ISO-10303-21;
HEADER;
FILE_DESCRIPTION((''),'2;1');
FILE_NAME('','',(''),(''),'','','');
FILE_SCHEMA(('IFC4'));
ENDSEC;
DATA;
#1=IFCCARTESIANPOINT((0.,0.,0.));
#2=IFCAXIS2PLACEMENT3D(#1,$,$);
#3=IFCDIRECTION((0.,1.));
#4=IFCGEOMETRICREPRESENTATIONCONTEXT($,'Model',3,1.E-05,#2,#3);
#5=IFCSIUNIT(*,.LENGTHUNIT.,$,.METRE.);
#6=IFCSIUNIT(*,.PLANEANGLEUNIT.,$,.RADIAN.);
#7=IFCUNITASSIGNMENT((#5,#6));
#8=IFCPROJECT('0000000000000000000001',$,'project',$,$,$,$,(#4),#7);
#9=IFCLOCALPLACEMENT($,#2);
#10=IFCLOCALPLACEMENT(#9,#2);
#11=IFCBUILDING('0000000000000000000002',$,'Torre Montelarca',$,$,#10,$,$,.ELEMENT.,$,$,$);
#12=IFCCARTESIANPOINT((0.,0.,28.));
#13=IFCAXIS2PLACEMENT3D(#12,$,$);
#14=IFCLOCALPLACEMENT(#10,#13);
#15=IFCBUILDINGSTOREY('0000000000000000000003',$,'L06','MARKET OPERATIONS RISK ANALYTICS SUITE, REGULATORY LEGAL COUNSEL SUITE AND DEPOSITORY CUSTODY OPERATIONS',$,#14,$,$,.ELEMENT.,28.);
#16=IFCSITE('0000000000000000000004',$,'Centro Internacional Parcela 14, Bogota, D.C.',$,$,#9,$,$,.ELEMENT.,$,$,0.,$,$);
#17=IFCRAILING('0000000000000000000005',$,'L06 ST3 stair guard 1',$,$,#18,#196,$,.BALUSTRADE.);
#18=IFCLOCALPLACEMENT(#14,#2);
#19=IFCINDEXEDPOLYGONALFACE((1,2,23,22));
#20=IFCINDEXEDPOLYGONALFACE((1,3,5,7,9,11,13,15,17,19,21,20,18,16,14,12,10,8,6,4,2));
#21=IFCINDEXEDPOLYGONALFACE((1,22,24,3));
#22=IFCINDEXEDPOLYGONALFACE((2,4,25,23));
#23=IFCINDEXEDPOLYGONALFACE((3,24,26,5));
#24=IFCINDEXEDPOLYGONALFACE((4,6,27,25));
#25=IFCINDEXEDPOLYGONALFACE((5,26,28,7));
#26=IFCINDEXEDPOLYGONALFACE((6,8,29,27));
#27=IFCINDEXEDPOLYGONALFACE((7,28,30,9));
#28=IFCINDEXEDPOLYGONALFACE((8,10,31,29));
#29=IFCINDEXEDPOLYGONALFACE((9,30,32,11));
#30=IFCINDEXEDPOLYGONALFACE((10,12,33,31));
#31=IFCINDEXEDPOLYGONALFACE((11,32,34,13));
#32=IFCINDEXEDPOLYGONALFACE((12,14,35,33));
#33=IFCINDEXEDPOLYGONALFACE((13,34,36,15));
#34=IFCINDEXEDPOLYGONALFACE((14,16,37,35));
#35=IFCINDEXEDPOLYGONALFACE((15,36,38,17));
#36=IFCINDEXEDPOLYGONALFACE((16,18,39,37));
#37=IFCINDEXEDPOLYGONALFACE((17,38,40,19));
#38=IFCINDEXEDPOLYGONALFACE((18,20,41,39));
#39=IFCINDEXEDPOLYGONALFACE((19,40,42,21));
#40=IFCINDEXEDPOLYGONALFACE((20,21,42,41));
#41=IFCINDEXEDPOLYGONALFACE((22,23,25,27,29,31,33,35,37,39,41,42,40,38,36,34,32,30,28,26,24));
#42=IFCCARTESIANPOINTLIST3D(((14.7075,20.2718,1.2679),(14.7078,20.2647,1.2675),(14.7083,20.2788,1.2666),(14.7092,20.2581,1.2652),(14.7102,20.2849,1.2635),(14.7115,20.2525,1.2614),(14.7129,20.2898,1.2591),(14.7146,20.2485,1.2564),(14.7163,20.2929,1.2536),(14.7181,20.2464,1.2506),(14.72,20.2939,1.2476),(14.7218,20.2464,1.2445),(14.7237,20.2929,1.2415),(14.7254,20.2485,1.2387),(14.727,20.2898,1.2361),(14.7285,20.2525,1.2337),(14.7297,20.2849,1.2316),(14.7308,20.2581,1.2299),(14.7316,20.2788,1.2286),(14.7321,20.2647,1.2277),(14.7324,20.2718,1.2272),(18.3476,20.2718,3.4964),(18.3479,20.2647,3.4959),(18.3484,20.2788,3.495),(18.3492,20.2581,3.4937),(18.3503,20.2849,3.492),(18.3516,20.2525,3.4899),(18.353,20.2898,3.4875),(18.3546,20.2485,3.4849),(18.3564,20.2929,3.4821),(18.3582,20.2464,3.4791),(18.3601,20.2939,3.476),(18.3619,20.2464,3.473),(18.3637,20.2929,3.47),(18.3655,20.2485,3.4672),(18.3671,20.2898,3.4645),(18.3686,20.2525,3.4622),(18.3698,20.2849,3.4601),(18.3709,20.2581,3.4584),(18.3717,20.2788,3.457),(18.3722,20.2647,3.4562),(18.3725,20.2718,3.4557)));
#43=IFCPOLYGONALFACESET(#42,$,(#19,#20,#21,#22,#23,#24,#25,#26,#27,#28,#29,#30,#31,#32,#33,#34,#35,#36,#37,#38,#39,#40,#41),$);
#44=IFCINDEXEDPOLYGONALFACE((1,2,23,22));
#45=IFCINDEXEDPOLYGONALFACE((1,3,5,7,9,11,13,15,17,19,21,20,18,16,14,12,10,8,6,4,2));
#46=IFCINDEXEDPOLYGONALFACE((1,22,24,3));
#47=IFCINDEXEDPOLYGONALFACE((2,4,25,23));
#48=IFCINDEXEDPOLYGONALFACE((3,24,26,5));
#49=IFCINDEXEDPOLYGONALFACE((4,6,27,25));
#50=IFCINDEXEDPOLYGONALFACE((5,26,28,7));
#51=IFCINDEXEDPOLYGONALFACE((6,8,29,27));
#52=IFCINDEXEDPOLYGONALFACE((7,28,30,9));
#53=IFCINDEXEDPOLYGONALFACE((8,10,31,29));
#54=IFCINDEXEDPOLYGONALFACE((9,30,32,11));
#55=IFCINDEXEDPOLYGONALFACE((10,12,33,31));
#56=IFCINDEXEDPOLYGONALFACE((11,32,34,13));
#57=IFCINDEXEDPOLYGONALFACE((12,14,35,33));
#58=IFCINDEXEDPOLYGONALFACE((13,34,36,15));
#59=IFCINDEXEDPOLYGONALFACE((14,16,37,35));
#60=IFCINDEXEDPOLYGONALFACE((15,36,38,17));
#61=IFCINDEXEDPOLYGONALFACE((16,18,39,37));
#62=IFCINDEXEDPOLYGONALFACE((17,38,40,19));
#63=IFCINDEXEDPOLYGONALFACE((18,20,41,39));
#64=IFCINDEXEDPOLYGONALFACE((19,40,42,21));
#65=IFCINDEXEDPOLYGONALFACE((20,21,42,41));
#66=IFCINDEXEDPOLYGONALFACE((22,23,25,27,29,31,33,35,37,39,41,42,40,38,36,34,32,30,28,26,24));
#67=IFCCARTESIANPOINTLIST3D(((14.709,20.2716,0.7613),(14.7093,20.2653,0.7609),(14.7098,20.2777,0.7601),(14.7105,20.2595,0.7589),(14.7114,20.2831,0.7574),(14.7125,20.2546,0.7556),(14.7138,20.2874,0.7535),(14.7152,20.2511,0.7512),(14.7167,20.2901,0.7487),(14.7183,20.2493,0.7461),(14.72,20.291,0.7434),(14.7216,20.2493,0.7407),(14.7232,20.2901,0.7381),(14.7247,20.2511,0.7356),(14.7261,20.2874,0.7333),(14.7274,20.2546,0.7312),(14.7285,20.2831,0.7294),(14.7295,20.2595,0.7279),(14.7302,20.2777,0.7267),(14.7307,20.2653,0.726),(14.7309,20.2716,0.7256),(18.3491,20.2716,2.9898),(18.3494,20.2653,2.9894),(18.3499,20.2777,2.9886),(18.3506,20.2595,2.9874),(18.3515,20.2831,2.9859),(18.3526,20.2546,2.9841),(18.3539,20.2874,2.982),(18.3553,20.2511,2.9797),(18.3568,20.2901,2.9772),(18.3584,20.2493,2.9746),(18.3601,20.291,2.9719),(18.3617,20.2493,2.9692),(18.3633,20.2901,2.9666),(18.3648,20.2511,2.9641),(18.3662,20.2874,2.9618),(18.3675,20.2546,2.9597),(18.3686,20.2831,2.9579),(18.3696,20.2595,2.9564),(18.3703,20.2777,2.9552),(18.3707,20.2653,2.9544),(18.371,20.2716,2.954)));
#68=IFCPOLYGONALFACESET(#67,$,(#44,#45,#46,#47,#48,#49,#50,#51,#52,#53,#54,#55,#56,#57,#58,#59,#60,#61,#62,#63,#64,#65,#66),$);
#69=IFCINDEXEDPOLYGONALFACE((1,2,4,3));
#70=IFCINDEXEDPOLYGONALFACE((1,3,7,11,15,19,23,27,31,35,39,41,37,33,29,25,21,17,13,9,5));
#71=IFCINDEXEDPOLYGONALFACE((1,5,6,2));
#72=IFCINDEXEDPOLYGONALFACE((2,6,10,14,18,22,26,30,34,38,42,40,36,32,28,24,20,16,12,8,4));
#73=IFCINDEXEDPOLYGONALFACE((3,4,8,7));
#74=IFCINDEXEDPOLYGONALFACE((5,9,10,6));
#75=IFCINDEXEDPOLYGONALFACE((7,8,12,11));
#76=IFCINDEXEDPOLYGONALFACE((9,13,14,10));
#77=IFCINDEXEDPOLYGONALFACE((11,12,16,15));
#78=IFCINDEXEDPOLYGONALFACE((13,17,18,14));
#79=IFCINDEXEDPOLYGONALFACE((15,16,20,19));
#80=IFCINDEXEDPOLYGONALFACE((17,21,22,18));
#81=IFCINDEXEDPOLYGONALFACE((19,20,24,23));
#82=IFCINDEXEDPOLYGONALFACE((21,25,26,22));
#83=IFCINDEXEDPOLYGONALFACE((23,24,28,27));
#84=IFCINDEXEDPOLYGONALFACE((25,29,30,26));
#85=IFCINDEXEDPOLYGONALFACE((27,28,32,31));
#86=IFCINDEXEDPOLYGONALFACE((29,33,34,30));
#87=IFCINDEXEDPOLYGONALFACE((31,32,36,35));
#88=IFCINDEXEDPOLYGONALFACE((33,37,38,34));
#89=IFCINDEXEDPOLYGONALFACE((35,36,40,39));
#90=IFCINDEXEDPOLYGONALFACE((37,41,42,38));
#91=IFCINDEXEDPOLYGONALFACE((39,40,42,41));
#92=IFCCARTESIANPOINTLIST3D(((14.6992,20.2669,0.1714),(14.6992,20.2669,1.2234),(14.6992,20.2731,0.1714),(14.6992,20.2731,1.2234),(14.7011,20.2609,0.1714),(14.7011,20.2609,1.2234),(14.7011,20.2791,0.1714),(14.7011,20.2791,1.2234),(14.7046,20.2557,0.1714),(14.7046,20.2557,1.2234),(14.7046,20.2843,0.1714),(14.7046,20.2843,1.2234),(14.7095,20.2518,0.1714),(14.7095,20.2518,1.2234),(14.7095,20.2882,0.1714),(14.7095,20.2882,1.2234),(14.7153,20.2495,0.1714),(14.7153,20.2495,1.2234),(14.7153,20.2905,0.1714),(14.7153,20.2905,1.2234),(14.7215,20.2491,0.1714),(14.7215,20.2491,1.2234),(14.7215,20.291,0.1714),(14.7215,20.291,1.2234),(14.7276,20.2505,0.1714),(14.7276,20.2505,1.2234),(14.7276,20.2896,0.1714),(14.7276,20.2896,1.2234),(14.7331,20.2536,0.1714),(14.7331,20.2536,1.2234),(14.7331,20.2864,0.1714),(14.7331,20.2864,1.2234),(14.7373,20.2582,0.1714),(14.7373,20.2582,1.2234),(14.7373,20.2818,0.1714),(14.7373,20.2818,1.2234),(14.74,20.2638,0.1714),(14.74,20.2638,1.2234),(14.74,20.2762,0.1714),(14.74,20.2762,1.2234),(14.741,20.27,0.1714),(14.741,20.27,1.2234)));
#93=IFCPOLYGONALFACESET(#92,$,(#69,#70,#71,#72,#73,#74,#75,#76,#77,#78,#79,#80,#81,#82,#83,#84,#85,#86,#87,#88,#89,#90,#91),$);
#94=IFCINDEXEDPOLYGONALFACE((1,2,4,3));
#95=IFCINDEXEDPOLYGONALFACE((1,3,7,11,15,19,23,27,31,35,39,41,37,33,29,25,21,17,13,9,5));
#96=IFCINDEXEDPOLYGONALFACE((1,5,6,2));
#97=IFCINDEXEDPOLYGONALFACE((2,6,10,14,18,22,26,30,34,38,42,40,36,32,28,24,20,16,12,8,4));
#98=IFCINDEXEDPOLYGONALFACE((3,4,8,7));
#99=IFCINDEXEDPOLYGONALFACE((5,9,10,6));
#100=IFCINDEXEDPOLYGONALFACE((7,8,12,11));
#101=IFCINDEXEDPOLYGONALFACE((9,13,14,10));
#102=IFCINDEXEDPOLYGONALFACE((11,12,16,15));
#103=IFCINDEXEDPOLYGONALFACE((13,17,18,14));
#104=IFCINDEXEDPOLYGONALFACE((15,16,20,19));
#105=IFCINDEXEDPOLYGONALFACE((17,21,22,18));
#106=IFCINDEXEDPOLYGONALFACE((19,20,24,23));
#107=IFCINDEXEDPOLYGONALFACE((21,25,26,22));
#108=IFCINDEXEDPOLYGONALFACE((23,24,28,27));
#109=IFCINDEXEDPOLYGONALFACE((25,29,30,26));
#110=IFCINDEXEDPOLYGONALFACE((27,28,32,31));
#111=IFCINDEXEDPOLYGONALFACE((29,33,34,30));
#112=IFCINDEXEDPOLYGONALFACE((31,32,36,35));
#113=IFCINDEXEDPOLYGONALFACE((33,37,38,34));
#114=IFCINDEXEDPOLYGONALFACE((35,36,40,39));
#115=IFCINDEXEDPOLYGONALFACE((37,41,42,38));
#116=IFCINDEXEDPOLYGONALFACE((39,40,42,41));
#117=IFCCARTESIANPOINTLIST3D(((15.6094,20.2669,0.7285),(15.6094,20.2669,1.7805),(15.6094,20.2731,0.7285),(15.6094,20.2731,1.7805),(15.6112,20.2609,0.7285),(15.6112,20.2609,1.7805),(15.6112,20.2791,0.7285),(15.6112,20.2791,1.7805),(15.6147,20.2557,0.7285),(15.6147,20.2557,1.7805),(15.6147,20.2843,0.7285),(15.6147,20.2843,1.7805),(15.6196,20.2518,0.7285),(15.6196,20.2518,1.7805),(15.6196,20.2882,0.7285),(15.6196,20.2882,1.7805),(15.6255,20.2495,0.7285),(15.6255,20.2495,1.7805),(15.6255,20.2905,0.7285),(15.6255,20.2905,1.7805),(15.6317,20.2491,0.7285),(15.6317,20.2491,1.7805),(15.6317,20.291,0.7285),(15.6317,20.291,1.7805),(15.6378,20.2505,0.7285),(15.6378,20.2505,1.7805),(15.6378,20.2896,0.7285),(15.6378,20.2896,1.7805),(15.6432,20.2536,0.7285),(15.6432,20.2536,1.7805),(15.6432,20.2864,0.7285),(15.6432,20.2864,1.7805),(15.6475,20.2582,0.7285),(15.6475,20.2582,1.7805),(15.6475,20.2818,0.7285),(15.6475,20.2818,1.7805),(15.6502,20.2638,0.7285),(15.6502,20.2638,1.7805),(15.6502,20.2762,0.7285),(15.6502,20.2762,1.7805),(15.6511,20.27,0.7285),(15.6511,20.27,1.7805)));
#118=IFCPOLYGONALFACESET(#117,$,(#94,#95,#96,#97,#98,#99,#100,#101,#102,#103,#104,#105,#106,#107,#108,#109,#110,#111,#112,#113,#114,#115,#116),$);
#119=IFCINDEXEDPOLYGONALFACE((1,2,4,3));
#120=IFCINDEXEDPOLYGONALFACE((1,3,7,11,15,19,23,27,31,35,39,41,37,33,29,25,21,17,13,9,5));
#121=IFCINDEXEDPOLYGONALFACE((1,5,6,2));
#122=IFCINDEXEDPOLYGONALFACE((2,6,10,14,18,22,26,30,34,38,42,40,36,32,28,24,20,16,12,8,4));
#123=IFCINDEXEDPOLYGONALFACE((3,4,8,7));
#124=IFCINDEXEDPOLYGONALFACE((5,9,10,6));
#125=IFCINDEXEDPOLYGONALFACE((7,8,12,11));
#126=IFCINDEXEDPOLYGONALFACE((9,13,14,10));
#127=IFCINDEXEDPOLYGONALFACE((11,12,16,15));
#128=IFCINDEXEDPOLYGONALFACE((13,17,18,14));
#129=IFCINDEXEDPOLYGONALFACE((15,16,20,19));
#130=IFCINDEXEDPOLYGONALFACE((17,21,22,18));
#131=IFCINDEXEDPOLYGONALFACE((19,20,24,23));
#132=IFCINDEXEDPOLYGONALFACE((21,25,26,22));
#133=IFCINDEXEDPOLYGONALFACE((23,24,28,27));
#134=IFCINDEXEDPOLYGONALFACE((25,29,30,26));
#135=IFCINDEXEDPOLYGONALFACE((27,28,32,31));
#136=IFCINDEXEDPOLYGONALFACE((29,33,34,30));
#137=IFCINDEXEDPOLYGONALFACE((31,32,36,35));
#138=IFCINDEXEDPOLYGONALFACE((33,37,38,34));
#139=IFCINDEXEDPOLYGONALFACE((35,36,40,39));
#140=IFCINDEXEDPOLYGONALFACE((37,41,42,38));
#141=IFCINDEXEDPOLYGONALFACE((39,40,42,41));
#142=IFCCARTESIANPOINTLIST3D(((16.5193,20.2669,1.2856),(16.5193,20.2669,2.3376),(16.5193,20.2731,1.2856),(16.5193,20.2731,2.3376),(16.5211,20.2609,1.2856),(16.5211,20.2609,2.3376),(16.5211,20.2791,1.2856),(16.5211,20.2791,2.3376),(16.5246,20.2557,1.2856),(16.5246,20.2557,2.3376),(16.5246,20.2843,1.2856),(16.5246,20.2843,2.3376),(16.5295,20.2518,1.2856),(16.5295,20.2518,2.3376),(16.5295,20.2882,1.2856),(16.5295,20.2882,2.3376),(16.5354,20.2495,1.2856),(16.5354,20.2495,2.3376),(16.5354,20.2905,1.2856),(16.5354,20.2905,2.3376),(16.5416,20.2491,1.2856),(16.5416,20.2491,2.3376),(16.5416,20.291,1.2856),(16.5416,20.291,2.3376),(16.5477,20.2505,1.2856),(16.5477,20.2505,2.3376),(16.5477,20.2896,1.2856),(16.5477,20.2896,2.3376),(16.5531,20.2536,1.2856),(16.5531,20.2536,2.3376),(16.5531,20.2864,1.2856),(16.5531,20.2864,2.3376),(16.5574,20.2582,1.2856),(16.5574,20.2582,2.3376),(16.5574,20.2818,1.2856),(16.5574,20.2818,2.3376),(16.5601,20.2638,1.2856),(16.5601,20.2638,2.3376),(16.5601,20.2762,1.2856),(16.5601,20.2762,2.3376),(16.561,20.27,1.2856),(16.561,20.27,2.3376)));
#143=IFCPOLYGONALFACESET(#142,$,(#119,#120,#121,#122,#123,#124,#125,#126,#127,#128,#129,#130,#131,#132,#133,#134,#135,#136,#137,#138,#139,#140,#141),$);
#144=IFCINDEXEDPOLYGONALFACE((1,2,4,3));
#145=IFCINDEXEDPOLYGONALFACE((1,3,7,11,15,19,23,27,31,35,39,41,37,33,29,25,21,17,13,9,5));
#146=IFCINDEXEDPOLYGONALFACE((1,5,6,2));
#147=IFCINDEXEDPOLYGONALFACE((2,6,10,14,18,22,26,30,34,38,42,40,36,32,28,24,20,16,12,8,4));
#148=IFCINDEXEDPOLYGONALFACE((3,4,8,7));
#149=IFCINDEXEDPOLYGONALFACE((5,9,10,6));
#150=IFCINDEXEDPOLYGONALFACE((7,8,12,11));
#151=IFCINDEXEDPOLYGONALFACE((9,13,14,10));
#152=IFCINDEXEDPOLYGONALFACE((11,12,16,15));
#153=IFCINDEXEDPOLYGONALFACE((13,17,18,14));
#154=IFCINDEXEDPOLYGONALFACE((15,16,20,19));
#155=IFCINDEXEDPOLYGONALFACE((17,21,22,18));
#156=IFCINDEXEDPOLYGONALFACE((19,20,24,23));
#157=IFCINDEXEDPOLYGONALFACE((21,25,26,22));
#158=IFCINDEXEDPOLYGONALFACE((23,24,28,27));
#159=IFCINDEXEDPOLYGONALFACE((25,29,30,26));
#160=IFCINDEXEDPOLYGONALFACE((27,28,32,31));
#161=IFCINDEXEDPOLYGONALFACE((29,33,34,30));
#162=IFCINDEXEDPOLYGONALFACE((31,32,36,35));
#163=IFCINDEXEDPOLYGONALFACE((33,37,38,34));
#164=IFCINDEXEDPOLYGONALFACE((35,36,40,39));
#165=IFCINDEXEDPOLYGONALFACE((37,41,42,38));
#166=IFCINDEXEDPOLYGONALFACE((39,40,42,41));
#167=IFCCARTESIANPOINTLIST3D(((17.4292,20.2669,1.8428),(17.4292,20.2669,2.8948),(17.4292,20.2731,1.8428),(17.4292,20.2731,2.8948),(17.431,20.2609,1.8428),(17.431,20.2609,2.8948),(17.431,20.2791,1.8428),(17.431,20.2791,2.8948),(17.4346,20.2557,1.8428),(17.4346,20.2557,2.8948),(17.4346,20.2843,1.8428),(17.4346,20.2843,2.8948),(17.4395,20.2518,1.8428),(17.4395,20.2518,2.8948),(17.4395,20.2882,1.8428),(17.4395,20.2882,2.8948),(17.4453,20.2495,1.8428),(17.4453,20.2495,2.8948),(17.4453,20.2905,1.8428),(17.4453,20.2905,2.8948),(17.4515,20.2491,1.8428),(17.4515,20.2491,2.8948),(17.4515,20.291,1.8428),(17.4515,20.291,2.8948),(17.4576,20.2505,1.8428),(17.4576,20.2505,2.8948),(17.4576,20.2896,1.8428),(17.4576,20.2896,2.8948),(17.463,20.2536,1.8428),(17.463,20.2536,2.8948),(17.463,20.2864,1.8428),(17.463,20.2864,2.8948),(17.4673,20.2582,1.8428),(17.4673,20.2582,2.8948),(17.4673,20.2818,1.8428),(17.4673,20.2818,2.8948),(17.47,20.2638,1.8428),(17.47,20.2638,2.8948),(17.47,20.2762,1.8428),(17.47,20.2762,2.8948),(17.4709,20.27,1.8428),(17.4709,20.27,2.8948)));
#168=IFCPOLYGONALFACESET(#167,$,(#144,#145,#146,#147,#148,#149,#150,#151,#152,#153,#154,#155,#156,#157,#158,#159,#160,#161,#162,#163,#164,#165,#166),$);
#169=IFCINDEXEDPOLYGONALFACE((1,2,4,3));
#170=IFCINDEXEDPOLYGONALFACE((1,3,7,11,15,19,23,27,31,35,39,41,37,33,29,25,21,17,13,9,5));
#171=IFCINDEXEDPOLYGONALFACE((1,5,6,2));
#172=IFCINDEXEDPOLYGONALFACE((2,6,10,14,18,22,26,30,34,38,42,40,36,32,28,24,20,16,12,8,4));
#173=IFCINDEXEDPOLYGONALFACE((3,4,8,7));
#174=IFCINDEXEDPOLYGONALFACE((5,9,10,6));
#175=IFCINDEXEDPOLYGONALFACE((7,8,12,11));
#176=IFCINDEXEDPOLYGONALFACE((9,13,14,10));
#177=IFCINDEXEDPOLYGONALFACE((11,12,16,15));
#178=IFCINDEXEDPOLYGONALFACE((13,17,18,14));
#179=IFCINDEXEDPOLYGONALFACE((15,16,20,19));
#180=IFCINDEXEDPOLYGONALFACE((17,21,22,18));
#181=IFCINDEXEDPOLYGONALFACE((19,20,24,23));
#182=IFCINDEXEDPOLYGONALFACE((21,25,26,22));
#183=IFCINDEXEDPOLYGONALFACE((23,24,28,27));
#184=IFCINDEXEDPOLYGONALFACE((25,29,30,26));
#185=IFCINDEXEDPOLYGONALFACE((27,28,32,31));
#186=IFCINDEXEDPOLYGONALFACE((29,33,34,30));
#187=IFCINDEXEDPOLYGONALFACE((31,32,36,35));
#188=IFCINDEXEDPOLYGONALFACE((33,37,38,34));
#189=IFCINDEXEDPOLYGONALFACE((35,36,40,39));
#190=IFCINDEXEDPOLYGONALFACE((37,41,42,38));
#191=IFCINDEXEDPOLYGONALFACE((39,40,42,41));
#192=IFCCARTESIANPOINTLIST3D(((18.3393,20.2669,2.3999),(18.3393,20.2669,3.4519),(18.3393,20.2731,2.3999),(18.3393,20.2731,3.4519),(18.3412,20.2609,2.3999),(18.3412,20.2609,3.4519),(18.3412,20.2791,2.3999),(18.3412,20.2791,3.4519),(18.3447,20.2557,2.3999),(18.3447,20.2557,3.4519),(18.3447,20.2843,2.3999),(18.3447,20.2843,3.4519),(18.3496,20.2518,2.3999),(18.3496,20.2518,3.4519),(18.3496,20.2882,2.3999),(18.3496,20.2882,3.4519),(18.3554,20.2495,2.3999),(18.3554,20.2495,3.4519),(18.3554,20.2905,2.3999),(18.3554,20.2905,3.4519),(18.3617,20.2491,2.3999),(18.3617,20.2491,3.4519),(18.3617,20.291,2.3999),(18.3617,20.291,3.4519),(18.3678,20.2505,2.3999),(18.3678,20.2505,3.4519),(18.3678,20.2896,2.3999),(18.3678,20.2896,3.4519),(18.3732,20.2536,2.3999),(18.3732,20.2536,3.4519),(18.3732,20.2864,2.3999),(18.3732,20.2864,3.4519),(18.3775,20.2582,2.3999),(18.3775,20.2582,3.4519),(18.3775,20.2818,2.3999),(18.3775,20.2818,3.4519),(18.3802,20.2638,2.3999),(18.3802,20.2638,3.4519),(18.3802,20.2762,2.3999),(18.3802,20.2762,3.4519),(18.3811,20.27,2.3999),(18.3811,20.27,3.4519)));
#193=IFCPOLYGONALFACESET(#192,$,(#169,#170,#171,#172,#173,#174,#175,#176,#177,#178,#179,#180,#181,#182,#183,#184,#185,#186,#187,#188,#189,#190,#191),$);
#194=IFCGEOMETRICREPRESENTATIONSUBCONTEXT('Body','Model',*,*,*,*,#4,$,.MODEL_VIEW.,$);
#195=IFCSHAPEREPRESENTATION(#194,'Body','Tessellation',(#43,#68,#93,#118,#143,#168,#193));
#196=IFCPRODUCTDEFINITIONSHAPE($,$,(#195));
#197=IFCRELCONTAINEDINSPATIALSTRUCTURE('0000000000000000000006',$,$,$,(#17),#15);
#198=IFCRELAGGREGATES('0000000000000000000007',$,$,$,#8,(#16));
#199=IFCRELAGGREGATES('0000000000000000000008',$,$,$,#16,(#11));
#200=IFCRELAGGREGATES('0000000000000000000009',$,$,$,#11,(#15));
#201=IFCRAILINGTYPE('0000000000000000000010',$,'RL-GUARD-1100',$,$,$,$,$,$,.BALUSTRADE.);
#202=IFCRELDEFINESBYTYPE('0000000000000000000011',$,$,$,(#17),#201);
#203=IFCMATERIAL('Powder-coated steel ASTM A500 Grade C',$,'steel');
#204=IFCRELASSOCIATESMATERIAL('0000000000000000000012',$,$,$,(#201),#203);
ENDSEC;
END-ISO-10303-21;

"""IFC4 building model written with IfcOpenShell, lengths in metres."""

from ifc_helpers import new_model, si_unit, direction, frame, origin, origin_2d, place, context, subcontext, project, spatial, circle, extrude, material, type_object, element, save


model = new_model("IFC4")

# Units and contexts
model_context = context("Model", 3, precision=1e-05, world=origin(), true_north=direction((0.0, 1.0)))
body_context = subcontext(model_context, "Body", "Model", "MODEL_VIEW")
ifc_project = project(units=[si_unit("LENGTHUNIT", "METRE"), si_unit("PLANEANGLEUNIT", "RADIAN")], contexts=[model_context])

# Site, building, storey
site_placement = place(None, origin())
site = spatial("IfcSite", under=ifc_project, at=site_placement, Name="Centro Internacional Parcela 14, Bogota, D.C.", CompositionType="ELEMENT", RefElevation=0.0)
building_placement = place(site_placement, origin())
building = spatial("IfcBuilding", under=site, at=building_placement, Name="Torre Montelarca", CompositionType="ELEMENT")
storey_placement = place(building_placement, frame((0.0, 0.0, 28.0)))
storey = spatial("IfcBuildingStorey", under=building, at=storey_placement, Name="L06", Description="MARKET OPERATIONS RISK ANALYTICS SUITE, REGULATORY LEGAL COUNSEL SUITE AND DEPOSITORY CUSTODY OPERATIONS", CompositionType="ELEMENT", Elevation=28.0)

# Railing
ifc_material_1 = material(Name="Powder-coated steel ASTM A500 Grade C", Category="steel")
railing_type_1 = type_object("IfcRailingType", Name="RL-GUARD-1100", PredefinedType="BALUSTRADE", material=ifc_material_1)
railing_1_placement = place(storey_placement, frame((14.72, 20.27, 0.1714)))
element("IfcRailing", 1, at=railing_1_placement, inside=storey, type_object=railing_type_1, Name="L06 ST3 stair guard 1", PredefinedType="BALUSTRADE", context=body_context, shape_type="SweptSolid", body=[
    extrude(circle(Radius=0.0239, at=origin_2d()), frame((0.0, 0.0, 1.0762), z_axis=(0.852866, 0.0, 0.52213), x_axis=(0.0, 1.0, 0.0)), (0.0, 0.0, 1.0), 4.2681),
    extrude(circle(Radius=0.021, at=origin_2d()), frame((0.0, 0.0, 0.572), z_axis=(0.852866, 0.0, 0.52213), x_axis=(0.0, 1.0, 0.0)), (0.0, 0.0, 1.0), 4.2681),
    extrude(circle(Radius=0.021, at=origin_2d()), origin(), (0.0, 0.0, 1.0), 1.052),
    extrude(circle(Radius=0.021, at=origin_2d()), frame((0.9102, 0.0, 0.5571)), (0.0, 0.0, 1.0), 1.052),
    extrude(circle(Radius=0.021, at=origin_2d()), frame((1.8201, 0.0, 1.1143)), (0.0, 0.0, 1.0), 1.052),
    extrude(circle(Radius=0.021, at=origin_2d()), frame((2.73, 0.0, 1.6714)), (0.0, 0.0, 1.0), 1.052),
    extrude(circle(Radius=0.021, at=origin_2d()), frame((3.6401, 0.0, 2.2285)), (0.0, 0.0, 1.0), 1.052),
])

save(model, "model.ifc")
